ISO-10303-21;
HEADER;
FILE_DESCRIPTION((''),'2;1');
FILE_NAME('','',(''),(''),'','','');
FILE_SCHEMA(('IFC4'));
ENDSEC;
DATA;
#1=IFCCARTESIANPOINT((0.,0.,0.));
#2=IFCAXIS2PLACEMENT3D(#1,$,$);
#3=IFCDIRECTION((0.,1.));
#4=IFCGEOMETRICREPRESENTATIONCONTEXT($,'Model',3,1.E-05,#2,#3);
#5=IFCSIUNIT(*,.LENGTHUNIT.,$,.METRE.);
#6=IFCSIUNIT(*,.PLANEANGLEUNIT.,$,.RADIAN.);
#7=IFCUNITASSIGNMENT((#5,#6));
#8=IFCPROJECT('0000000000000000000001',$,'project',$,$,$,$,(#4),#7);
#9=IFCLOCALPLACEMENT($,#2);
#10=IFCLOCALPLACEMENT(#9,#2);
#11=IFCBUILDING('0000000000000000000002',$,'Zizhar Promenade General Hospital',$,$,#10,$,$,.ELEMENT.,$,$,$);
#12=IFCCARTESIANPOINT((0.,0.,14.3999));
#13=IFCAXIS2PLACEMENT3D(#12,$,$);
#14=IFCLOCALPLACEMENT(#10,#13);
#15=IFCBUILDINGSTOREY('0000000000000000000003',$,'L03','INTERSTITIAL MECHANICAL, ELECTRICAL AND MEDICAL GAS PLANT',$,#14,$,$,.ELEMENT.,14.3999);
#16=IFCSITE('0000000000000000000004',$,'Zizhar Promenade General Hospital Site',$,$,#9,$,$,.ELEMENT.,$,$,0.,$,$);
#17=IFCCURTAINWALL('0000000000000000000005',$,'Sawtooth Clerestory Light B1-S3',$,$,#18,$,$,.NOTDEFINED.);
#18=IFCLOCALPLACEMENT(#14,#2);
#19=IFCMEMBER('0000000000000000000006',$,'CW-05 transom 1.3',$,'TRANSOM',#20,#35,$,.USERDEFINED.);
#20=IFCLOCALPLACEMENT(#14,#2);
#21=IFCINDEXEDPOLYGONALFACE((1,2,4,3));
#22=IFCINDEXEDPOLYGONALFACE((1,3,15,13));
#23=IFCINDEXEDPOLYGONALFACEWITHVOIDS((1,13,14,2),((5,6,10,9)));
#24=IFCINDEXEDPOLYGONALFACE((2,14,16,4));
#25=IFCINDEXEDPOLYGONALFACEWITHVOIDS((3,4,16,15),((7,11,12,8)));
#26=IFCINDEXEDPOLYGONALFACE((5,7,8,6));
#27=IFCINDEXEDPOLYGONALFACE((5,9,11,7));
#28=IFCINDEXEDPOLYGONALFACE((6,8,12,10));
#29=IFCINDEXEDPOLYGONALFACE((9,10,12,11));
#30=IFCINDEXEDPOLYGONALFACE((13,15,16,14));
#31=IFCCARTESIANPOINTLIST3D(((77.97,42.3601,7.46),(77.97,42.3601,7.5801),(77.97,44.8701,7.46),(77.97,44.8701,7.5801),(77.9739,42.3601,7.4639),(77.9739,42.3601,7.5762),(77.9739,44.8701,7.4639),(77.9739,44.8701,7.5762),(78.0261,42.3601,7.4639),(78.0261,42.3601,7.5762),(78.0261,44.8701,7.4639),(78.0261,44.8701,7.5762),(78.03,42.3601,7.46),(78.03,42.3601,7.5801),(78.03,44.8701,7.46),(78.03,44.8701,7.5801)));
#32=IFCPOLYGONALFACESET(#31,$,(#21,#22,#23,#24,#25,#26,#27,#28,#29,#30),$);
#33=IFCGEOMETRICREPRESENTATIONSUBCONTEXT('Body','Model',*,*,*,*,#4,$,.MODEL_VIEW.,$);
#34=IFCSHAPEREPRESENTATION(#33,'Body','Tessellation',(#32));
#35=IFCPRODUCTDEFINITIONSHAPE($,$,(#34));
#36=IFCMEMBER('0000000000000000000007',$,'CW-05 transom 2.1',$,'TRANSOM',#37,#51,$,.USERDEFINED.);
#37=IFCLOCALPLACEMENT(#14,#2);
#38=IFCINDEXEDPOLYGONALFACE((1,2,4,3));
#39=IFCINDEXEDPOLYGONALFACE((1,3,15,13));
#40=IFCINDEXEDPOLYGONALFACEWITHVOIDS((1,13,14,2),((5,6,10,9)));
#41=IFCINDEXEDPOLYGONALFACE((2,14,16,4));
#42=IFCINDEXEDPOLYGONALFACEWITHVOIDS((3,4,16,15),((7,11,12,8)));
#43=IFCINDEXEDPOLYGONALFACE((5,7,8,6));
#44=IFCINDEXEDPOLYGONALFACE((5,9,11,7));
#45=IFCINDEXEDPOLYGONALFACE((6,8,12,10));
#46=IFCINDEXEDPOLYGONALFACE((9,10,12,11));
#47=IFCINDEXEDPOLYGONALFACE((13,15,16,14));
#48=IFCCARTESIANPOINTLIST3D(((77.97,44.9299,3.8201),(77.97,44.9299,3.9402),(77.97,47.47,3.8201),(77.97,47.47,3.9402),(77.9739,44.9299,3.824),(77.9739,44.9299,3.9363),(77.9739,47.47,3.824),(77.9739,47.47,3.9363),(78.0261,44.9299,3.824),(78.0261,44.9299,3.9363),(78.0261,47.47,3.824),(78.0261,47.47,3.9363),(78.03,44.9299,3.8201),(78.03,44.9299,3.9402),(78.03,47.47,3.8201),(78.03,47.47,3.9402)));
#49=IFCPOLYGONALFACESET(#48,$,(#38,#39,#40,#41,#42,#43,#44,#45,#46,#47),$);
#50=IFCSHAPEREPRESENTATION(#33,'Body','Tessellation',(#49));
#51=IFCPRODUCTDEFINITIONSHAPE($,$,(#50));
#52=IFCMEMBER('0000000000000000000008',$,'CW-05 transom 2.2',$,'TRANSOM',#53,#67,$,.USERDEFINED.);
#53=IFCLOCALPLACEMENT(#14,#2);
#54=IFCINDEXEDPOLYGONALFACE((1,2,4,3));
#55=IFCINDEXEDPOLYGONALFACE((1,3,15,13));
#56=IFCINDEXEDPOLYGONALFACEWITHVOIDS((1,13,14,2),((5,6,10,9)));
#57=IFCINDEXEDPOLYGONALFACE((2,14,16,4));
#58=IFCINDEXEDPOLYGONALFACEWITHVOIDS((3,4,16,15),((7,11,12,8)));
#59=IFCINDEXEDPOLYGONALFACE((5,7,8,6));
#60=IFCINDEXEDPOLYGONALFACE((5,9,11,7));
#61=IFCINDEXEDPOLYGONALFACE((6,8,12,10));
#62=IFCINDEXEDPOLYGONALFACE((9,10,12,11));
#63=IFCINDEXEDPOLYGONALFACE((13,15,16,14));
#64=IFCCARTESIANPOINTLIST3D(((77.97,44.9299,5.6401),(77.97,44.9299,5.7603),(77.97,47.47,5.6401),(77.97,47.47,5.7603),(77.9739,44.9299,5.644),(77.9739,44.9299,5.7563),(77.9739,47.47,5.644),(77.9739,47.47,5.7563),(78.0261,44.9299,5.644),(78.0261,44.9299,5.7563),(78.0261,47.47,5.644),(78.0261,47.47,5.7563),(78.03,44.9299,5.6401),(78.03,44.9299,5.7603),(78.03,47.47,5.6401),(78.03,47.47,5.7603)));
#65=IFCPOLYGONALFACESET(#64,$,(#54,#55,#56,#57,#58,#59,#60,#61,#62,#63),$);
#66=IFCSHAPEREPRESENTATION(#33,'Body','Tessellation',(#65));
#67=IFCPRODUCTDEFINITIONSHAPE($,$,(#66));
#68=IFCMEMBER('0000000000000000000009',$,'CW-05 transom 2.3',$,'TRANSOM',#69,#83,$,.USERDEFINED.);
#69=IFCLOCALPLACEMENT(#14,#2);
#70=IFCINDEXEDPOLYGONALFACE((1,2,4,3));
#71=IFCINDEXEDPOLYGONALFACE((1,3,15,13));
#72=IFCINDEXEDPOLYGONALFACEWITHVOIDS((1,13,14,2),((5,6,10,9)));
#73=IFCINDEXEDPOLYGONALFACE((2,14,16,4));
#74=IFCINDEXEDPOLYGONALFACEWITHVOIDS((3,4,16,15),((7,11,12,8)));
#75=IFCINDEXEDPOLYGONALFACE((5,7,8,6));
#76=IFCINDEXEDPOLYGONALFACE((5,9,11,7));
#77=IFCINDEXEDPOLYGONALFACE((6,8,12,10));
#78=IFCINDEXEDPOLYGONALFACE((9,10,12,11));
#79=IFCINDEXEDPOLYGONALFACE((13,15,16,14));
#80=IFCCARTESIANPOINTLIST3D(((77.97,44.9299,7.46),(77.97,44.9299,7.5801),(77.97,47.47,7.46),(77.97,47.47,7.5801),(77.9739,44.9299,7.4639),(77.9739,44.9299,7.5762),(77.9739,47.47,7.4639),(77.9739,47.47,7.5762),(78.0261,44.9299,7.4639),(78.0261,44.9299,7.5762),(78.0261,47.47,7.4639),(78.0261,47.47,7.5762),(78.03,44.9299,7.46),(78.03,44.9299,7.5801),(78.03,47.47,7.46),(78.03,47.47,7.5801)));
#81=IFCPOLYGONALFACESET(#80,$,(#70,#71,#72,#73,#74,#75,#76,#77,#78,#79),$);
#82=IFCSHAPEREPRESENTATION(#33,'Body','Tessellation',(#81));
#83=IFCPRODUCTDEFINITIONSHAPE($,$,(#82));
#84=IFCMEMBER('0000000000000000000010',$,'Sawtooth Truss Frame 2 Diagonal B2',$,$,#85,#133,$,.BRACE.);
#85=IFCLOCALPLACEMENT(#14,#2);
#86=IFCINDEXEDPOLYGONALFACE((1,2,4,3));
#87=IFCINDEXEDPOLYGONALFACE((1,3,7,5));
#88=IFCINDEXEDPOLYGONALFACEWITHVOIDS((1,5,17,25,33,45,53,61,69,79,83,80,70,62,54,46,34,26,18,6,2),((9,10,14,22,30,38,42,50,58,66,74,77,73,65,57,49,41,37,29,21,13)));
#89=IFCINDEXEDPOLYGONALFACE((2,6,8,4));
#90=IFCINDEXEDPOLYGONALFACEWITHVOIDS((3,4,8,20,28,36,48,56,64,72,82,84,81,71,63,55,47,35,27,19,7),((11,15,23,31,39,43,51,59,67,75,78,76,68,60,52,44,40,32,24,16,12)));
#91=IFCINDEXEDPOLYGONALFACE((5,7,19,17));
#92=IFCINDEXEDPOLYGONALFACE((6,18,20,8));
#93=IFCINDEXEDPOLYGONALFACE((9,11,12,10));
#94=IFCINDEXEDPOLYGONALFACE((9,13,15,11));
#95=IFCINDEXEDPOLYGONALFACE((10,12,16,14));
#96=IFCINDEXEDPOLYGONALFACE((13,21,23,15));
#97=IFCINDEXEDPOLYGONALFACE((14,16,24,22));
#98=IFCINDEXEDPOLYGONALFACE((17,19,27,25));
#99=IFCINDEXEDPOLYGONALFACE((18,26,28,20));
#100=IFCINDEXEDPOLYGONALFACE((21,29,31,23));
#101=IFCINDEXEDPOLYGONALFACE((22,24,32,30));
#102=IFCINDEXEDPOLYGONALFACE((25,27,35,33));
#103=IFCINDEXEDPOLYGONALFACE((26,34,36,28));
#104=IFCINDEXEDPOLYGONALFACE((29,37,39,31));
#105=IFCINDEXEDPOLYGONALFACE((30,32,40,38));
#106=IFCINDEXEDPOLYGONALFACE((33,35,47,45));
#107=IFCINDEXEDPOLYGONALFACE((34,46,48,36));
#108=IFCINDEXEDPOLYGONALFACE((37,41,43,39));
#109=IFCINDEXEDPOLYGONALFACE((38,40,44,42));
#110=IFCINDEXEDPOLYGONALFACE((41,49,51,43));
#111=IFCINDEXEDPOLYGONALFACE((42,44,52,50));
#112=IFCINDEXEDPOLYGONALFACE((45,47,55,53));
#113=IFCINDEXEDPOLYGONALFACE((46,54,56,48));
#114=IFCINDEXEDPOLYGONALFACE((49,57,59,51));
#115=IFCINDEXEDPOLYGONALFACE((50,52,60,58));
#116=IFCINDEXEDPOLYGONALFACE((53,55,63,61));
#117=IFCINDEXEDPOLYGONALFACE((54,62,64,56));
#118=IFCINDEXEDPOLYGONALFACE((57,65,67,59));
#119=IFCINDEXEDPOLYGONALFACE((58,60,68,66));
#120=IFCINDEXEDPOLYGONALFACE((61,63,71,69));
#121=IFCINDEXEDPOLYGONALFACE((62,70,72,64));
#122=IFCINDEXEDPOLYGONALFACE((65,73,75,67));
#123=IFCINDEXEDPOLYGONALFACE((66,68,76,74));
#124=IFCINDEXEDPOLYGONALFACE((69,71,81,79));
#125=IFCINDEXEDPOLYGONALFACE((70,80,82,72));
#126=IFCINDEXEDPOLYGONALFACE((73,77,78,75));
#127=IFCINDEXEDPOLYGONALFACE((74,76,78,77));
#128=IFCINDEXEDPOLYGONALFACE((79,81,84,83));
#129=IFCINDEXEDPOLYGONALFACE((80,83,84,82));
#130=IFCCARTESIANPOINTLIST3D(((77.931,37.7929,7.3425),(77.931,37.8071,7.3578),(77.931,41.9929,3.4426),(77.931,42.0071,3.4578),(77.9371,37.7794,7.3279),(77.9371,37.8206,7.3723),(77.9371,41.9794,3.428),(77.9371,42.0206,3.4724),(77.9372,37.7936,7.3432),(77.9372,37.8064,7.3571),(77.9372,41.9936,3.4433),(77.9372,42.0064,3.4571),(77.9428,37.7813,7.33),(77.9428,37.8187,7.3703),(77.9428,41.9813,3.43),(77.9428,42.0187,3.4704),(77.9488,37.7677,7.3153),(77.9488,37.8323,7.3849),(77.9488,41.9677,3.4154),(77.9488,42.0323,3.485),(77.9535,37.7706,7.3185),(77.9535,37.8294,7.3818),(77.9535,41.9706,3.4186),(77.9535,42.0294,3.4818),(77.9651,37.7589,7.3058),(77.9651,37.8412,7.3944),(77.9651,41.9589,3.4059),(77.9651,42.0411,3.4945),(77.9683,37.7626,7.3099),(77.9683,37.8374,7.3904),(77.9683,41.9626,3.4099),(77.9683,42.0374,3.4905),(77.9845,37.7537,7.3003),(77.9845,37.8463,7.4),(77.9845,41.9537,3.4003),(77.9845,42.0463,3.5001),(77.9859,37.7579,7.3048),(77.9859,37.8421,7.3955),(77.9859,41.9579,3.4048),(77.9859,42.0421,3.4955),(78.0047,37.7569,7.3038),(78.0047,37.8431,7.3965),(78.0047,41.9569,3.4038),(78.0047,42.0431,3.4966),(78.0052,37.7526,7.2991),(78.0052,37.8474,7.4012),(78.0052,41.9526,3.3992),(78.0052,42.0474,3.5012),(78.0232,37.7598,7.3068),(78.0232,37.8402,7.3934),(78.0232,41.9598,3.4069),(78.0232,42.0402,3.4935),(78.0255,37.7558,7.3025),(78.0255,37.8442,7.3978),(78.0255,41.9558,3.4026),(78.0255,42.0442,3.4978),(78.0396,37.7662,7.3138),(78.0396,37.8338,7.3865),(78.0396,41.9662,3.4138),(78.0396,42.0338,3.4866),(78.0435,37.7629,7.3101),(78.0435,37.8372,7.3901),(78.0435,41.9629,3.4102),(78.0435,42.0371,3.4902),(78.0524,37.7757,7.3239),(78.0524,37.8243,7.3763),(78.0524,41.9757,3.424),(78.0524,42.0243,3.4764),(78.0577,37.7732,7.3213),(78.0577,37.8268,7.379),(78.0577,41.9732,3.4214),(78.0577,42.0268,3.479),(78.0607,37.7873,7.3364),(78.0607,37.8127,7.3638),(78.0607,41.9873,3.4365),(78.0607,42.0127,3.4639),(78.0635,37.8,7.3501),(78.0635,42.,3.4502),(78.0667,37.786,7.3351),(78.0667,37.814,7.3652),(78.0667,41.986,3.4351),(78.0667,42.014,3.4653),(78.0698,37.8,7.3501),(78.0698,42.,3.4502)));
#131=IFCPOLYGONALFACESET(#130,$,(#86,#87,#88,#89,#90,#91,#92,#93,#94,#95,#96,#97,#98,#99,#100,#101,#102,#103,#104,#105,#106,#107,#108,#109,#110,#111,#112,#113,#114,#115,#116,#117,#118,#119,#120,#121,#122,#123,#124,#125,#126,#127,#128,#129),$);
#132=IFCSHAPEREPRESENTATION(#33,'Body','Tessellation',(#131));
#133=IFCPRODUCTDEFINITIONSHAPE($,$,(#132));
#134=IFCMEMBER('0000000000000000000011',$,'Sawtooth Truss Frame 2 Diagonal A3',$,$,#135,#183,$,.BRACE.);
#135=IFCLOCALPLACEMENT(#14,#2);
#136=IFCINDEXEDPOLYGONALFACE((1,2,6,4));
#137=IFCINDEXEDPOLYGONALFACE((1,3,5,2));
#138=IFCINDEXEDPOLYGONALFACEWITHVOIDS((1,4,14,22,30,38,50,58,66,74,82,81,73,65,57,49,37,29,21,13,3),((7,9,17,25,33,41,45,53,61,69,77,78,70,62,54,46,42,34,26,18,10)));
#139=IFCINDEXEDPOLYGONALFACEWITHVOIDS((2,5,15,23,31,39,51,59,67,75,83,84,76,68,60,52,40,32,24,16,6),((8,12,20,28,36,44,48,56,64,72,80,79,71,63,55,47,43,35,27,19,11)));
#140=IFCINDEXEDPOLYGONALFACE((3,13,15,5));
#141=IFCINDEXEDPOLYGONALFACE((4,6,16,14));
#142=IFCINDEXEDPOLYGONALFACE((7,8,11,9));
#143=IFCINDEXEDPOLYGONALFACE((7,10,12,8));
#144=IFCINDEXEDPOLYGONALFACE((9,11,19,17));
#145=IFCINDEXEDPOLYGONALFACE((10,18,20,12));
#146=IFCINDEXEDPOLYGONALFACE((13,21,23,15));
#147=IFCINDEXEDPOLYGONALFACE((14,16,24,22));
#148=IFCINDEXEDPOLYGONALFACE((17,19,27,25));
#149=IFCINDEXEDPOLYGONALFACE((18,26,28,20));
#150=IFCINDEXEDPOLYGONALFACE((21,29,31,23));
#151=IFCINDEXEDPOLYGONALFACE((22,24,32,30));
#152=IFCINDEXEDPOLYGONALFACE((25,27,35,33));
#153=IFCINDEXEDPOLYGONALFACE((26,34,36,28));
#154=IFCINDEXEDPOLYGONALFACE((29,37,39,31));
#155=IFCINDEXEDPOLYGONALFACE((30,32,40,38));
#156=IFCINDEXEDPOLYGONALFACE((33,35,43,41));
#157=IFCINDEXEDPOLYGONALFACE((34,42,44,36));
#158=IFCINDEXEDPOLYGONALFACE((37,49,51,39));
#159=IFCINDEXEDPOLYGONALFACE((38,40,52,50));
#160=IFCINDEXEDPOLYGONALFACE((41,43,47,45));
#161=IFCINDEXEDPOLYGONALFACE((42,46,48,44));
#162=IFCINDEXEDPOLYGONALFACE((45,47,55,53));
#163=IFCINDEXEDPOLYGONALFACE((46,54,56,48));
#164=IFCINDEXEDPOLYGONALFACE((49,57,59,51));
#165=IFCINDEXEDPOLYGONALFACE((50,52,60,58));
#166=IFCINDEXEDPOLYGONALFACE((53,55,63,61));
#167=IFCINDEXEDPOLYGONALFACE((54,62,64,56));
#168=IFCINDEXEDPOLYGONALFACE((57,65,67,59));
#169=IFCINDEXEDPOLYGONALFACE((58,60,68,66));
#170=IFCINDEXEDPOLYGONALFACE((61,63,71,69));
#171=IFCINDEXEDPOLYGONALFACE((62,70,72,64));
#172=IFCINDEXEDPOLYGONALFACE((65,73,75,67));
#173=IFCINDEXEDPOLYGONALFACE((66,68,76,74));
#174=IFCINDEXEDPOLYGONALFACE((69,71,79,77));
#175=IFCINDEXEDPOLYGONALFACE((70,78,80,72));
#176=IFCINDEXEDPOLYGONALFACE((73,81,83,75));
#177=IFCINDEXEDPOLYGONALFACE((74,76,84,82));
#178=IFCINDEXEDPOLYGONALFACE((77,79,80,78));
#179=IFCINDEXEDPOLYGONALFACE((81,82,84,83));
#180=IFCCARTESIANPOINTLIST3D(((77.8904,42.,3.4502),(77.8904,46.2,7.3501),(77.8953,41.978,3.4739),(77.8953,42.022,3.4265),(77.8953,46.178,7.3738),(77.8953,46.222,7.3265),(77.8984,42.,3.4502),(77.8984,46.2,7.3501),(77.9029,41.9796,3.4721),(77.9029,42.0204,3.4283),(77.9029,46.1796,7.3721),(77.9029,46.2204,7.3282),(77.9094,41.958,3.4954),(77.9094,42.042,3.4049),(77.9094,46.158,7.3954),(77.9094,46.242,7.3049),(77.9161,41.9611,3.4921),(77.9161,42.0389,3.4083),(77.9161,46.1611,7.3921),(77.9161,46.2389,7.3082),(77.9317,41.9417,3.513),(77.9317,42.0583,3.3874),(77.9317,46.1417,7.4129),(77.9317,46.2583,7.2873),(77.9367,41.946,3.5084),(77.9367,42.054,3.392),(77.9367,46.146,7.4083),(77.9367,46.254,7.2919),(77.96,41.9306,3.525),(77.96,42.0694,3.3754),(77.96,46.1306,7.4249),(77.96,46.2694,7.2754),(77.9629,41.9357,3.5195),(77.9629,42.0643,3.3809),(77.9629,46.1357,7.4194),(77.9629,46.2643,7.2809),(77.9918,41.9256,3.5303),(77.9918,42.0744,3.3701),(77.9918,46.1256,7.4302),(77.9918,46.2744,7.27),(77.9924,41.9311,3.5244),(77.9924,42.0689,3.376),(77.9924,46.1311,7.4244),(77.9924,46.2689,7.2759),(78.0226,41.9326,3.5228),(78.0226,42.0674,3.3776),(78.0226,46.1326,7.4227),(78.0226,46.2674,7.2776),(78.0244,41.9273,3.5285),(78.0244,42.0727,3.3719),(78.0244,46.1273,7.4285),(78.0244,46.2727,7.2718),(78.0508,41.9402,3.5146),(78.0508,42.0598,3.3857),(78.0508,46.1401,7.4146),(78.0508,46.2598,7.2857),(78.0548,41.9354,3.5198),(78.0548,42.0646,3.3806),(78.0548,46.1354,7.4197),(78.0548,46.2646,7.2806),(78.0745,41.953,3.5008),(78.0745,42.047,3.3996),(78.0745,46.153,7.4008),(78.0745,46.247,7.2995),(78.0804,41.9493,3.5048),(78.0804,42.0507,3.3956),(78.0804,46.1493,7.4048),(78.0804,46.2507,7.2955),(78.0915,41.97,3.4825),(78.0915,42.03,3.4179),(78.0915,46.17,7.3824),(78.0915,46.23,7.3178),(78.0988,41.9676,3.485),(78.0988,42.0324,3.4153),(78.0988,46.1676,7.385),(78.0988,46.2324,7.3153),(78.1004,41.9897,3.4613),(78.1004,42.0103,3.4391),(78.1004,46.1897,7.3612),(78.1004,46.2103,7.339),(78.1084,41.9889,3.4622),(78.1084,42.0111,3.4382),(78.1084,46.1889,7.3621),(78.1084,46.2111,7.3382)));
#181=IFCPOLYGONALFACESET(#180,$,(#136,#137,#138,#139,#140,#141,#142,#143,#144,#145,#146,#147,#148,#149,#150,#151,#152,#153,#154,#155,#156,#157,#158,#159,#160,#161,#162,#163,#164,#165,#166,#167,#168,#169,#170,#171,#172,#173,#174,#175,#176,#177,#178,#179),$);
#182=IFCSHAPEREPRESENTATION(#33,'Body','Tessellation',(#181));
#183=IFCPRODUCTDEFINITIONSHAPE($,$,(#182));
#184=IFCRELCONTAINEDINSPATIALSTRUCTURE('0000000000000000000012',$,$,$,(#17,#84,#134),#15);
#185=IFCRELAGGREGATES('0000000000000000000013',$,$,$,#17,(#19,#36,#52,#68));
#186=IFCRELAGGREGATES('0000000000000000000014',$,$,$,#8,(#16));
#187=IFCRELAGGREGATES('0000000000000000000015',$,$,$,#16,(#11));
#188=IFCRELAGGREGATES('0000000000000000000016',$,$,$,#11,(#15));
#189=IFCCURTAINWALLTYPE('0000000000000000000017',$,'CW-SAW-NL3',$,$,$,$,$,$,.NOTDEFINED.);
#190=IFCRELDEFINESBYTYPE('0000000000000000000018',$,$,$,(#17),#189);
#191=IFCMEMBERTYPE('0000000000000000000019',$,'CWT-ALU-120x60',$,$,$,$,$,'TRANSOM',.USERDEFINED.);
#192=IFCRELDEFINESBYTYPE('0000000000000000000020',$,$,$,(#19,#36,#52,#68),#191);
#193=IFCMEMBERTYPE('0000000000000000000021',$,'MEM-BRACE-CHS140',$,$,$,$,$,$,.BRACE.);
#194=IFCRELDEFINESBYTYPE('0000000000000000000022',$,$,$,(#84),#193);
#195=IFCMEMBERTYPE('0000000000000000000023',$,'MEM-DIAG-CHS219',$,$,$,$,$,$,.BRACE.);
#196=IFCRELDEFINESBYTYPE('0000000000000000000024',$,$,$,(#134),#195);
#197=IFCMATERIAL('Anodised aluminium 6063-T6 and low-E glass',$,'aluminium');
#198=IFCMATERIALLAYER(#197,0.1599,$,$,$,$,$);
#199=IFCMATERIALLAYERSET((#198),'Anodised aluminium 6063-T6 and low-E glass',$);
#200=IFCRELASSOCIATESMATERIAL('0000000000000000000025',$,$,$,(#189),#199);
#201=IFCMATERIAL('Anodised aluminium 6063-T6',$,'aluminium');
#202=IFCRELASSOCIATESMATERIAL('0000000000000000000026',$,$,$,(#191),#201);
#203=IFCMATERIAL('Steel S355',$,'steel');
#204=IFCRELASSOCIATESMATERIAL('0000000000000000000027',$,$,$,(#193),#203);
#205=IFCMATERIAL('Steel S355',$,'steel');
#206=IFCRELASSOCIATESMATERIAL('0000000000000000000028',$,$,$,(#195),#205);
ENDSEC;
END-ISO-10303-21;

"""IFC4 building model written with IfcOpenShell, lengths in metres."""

from ifc_helpers import new_model, si_unit, direction, frame, origin, origin_2d, place, context, subcontext, project, spatial, hollow_rectangle, hollow_circle, extrude, material, layer, layer_set, material_profile, profile_set, type_object, element, aggregate, save


model = new_model("IFC4")

# Units and contexts
model_context = context("Model", 3, precision=1e-05, world=origin(), true_north=direction((0.0, 1.0)))
body_context = subcontext(model_context, "Body", "Model", "MODEL_VIEW")
ifc_project = project(units=[si_unit("LENGTHUNIT", "METRE"), si_unit("PLANEANGLEUNIT", "RADIAN")], contexts=[model_context])

# Site, building, storey
site_placement = place(None, origin())
site = spatial("IfcSite", under=ifc_project, at=site_placement, Name="Zizhar Promenade General Hospital Site", CompositionType="ELEMENT", RefElevation=0.0)
building_placement = place(site_placement, origin())
building = spatial("IfcBuilding", under=site, at=building_placement, Name="Zizhar Promenade General Hospital", CompositionType="ELEMENT")
storey_placement = place(building_placement, frame((0.0, 0.0, 14.3999)))
storey = spatial("IfcBuildingStorey", under=building, at=storey_placement, Name="L03", Description="INTERSTITIAL MECHANICAL, ELECTRICAL AND MEDICAL GAS PLANT", CompositionType="ELEMENT", Elevation=14.3999)

# Curtain wall
ifc_material_1 = material(Name="Anodised aluminium 6063-T6 and low-E glass", Category="aluminium")
ifc_layer_1 = layer(ifc_material_1, 0.1599)
ifc_layer_set_1 = layer_set([ifc_layer_1], Name="Anodised aluminium 6063-T6 and low-E glass")
curtain_wall_type_1 = type_object("IfcCurtainWallType", Name="CW-SAW-NL3", PredefinedType="NOTDEFINED", material=ifc_layer_set_1)
curtain_wall_1_placement = place(storey_placement, origin())
curtain_wall_1 = element("IfcCurtainWall", 1, at=curtain_wall_1_placement, inside=storey, type_object=curtain_wall_type_1, Name="Sawtooth Clerestory Light B1-S3", PredefinedType="NOTDEFINED")

# Members
ifc_material_2 = material(Name="Anodised aluminium 6063-T6", Category="aluminium")
ifc_material_profile_1 = material_profile(ifc_material_2, hollow_rectangle(XDim=0.0601, YDim=0.1201, WallThickness=0.0039, at=origin_2d()))
ifc_profile_set_1 = profile_set([ifc_material_profile_1], Name="Anodised aluminium 6063-T6")
member_type_1 = type_object("IfcMemberType", Name="CWT-ALU-120x60", ElementType="TRANSOM", PredefinedType="USERDEFINED", material=ifc_profile_set_1)
member_1_placement = place(storey_placement, frame((78.0, 42.3601, 7.52), z_axis=(0.0, 1.0, 0.0), x_axis=(-1.0, 0.0, 0.0)))
member_1 = element("IfcMember", 2, at=member_1_placement, type_object=member_type_1, Name="CW-05 transom 1.3", ObjectType="TRANSOM", PredefinedType="USERDEFINED", context=body_context, shape_type="SweptSolid", body=[
    extrude(hollow_rectangle(XDim=0.0601, YDim=0.1201, WallThickness=0.0039, at=origin_2d()), origin(), (0.0, 0.0, 1.0), 2.51),
])
member_2_placement = place(storey_placement, frame((78.0, 44.9299, 3.8801), z_axis=(0.0, 1.0, 0.0), x_axis=(-1.0, 0.0, 0.0)))
member_2 = element("IfcMember", 3, at=member_2_placement, type_object=member_type_1, Name="CW-05 transom 2.1", ObjectType="TRANSOM", PredefinedType="USERDEFINED", context=body_context, shape_type="SweptSolid", body=[
    extrude(hollow_rectangle(XDim=0.0601, YDim=0.1201, WallThickness=0.0039, at=origin_2d()), origin(), (0.0, 0.0, 1.0), 2.54),
])
member_3_placement = place(storey_placement, frame((78.0, 44.9299, 5.7002), z_axis=(0.0, 1.0, 0.0), x_axis=(-1.0, 0.0, 0.0)))
member_3 = element("IfcMember", 4, at=member_3_placement, type_object=member_type_1, Name="CW-05 transom 2.2", ObjectType="TRANSOM", PredefinedType="USERDEFINED", context=body_context, shape_type="SweptSolid", body=[
    extrude(hollow_rectangle(XDim=0.0601, YDim=0.1201, WallThickness=0.0039, at=origin_2d()), origin(), (0.0, 0.0, 1.0), 2.54),
])
member_4_placement = place(storey_placement, frame((78.0, 44.9299, 7.52), z_axis=(0.0, 1.0, 0.0), x_axis=(-1.0, 0.0, 0.0)))
member_4 = element("IfcMember", 5, at=member_4_placement, type_object=member_type_1, Name="CW-05 transom 2.3", ObjectType="TRANSOM", PredefinedType="USERDEFINED", context=body_context, shape_type="SweptSolid", body=[
    extrude(hollow_rectangle(XDim=0.0601, YDim=0.1201, WallThickness=0.0039, at=origin_2d()), origin(), (0.0, 0.0, 1.0), 2.54),
])

# Members
ifc_material_3 = material(Name="Steel S355", Category="steel")
ifc_material_profile_2 = material_profile(ifc_material_3, hollow_circle(Radius=0.0698, WallThickness=0.0063, at=origin_2d()))
ifc_profile_set_2 = profile_set([ifc_material_profile_2], Name="Steel S355")
member_type_2 = type_object("IfcMemberType", Name="MEM-BRACE-CHS140", PredefinedType="BRACE", material=ifc_profile_set_2)
member_5_placement = place(storey_placement, frame((78.0, 42.0, 3.4502), z_axis=(0.0, -0.732798, 0.680446), x_axis=(1.0, 0.0, 0.0)))
element("IfcMember", 6, at=member_5_placement, inside=storey, type_object=member_type_2, Name="Sawtooth Truss Frame 2 Diagonal B2", PredefinedType="BRACE", context=body_context, shape_type="SweptSolid", body=[
    extrude(hollow_circle(Radius=0.0698, WallThickness=0.0063, at=origin_2d()), origin(), (0.0, 0.0, 1.0), 5.7314),
])
ifc_material_4 = material(Name="Steel S355", Category="steel")
ifc_material_profile_3 = material_profile(ifc_material_4, hollow_circle(Radius=0.1096, WallThickness=0.0081, at=origin_2d()))
ifc_profile_set_3 = profile_set([ifc_material_profile_3], Name="Steel S355")
member_type_3 = type_object("IfcMemberType", Name="MEM-DIAG-CHS219", PredefinedType="BRACE", material=ifc_profile_set_3)
member_6_placement = place(storey_placement, frame((78.0, 42.0, 3.4502), z_axis=(0.0, 0.732798, 0.680446), x_axis=(-1.0, 0.0, 0.0)))
element("IfcMember", 7, at=member_6_placement, inside=storey, type_object=member_type_3, Name="Sawtooth Truss Frame 2 Diagonal A3", PredefinedType="BRACE", context=body_context, shape_type="SweptSolid", body=[
    extrude(hollow_circle(Radius=0.1096, WallThickness=0.0081, at=origin_2d()), origin(), (0.0, 0.0, 1.0), 5.7314),
])

aggregate(curtain_wall_1, [member_1, member_2, member_3, member_4])

save(model, "model.ifc")
